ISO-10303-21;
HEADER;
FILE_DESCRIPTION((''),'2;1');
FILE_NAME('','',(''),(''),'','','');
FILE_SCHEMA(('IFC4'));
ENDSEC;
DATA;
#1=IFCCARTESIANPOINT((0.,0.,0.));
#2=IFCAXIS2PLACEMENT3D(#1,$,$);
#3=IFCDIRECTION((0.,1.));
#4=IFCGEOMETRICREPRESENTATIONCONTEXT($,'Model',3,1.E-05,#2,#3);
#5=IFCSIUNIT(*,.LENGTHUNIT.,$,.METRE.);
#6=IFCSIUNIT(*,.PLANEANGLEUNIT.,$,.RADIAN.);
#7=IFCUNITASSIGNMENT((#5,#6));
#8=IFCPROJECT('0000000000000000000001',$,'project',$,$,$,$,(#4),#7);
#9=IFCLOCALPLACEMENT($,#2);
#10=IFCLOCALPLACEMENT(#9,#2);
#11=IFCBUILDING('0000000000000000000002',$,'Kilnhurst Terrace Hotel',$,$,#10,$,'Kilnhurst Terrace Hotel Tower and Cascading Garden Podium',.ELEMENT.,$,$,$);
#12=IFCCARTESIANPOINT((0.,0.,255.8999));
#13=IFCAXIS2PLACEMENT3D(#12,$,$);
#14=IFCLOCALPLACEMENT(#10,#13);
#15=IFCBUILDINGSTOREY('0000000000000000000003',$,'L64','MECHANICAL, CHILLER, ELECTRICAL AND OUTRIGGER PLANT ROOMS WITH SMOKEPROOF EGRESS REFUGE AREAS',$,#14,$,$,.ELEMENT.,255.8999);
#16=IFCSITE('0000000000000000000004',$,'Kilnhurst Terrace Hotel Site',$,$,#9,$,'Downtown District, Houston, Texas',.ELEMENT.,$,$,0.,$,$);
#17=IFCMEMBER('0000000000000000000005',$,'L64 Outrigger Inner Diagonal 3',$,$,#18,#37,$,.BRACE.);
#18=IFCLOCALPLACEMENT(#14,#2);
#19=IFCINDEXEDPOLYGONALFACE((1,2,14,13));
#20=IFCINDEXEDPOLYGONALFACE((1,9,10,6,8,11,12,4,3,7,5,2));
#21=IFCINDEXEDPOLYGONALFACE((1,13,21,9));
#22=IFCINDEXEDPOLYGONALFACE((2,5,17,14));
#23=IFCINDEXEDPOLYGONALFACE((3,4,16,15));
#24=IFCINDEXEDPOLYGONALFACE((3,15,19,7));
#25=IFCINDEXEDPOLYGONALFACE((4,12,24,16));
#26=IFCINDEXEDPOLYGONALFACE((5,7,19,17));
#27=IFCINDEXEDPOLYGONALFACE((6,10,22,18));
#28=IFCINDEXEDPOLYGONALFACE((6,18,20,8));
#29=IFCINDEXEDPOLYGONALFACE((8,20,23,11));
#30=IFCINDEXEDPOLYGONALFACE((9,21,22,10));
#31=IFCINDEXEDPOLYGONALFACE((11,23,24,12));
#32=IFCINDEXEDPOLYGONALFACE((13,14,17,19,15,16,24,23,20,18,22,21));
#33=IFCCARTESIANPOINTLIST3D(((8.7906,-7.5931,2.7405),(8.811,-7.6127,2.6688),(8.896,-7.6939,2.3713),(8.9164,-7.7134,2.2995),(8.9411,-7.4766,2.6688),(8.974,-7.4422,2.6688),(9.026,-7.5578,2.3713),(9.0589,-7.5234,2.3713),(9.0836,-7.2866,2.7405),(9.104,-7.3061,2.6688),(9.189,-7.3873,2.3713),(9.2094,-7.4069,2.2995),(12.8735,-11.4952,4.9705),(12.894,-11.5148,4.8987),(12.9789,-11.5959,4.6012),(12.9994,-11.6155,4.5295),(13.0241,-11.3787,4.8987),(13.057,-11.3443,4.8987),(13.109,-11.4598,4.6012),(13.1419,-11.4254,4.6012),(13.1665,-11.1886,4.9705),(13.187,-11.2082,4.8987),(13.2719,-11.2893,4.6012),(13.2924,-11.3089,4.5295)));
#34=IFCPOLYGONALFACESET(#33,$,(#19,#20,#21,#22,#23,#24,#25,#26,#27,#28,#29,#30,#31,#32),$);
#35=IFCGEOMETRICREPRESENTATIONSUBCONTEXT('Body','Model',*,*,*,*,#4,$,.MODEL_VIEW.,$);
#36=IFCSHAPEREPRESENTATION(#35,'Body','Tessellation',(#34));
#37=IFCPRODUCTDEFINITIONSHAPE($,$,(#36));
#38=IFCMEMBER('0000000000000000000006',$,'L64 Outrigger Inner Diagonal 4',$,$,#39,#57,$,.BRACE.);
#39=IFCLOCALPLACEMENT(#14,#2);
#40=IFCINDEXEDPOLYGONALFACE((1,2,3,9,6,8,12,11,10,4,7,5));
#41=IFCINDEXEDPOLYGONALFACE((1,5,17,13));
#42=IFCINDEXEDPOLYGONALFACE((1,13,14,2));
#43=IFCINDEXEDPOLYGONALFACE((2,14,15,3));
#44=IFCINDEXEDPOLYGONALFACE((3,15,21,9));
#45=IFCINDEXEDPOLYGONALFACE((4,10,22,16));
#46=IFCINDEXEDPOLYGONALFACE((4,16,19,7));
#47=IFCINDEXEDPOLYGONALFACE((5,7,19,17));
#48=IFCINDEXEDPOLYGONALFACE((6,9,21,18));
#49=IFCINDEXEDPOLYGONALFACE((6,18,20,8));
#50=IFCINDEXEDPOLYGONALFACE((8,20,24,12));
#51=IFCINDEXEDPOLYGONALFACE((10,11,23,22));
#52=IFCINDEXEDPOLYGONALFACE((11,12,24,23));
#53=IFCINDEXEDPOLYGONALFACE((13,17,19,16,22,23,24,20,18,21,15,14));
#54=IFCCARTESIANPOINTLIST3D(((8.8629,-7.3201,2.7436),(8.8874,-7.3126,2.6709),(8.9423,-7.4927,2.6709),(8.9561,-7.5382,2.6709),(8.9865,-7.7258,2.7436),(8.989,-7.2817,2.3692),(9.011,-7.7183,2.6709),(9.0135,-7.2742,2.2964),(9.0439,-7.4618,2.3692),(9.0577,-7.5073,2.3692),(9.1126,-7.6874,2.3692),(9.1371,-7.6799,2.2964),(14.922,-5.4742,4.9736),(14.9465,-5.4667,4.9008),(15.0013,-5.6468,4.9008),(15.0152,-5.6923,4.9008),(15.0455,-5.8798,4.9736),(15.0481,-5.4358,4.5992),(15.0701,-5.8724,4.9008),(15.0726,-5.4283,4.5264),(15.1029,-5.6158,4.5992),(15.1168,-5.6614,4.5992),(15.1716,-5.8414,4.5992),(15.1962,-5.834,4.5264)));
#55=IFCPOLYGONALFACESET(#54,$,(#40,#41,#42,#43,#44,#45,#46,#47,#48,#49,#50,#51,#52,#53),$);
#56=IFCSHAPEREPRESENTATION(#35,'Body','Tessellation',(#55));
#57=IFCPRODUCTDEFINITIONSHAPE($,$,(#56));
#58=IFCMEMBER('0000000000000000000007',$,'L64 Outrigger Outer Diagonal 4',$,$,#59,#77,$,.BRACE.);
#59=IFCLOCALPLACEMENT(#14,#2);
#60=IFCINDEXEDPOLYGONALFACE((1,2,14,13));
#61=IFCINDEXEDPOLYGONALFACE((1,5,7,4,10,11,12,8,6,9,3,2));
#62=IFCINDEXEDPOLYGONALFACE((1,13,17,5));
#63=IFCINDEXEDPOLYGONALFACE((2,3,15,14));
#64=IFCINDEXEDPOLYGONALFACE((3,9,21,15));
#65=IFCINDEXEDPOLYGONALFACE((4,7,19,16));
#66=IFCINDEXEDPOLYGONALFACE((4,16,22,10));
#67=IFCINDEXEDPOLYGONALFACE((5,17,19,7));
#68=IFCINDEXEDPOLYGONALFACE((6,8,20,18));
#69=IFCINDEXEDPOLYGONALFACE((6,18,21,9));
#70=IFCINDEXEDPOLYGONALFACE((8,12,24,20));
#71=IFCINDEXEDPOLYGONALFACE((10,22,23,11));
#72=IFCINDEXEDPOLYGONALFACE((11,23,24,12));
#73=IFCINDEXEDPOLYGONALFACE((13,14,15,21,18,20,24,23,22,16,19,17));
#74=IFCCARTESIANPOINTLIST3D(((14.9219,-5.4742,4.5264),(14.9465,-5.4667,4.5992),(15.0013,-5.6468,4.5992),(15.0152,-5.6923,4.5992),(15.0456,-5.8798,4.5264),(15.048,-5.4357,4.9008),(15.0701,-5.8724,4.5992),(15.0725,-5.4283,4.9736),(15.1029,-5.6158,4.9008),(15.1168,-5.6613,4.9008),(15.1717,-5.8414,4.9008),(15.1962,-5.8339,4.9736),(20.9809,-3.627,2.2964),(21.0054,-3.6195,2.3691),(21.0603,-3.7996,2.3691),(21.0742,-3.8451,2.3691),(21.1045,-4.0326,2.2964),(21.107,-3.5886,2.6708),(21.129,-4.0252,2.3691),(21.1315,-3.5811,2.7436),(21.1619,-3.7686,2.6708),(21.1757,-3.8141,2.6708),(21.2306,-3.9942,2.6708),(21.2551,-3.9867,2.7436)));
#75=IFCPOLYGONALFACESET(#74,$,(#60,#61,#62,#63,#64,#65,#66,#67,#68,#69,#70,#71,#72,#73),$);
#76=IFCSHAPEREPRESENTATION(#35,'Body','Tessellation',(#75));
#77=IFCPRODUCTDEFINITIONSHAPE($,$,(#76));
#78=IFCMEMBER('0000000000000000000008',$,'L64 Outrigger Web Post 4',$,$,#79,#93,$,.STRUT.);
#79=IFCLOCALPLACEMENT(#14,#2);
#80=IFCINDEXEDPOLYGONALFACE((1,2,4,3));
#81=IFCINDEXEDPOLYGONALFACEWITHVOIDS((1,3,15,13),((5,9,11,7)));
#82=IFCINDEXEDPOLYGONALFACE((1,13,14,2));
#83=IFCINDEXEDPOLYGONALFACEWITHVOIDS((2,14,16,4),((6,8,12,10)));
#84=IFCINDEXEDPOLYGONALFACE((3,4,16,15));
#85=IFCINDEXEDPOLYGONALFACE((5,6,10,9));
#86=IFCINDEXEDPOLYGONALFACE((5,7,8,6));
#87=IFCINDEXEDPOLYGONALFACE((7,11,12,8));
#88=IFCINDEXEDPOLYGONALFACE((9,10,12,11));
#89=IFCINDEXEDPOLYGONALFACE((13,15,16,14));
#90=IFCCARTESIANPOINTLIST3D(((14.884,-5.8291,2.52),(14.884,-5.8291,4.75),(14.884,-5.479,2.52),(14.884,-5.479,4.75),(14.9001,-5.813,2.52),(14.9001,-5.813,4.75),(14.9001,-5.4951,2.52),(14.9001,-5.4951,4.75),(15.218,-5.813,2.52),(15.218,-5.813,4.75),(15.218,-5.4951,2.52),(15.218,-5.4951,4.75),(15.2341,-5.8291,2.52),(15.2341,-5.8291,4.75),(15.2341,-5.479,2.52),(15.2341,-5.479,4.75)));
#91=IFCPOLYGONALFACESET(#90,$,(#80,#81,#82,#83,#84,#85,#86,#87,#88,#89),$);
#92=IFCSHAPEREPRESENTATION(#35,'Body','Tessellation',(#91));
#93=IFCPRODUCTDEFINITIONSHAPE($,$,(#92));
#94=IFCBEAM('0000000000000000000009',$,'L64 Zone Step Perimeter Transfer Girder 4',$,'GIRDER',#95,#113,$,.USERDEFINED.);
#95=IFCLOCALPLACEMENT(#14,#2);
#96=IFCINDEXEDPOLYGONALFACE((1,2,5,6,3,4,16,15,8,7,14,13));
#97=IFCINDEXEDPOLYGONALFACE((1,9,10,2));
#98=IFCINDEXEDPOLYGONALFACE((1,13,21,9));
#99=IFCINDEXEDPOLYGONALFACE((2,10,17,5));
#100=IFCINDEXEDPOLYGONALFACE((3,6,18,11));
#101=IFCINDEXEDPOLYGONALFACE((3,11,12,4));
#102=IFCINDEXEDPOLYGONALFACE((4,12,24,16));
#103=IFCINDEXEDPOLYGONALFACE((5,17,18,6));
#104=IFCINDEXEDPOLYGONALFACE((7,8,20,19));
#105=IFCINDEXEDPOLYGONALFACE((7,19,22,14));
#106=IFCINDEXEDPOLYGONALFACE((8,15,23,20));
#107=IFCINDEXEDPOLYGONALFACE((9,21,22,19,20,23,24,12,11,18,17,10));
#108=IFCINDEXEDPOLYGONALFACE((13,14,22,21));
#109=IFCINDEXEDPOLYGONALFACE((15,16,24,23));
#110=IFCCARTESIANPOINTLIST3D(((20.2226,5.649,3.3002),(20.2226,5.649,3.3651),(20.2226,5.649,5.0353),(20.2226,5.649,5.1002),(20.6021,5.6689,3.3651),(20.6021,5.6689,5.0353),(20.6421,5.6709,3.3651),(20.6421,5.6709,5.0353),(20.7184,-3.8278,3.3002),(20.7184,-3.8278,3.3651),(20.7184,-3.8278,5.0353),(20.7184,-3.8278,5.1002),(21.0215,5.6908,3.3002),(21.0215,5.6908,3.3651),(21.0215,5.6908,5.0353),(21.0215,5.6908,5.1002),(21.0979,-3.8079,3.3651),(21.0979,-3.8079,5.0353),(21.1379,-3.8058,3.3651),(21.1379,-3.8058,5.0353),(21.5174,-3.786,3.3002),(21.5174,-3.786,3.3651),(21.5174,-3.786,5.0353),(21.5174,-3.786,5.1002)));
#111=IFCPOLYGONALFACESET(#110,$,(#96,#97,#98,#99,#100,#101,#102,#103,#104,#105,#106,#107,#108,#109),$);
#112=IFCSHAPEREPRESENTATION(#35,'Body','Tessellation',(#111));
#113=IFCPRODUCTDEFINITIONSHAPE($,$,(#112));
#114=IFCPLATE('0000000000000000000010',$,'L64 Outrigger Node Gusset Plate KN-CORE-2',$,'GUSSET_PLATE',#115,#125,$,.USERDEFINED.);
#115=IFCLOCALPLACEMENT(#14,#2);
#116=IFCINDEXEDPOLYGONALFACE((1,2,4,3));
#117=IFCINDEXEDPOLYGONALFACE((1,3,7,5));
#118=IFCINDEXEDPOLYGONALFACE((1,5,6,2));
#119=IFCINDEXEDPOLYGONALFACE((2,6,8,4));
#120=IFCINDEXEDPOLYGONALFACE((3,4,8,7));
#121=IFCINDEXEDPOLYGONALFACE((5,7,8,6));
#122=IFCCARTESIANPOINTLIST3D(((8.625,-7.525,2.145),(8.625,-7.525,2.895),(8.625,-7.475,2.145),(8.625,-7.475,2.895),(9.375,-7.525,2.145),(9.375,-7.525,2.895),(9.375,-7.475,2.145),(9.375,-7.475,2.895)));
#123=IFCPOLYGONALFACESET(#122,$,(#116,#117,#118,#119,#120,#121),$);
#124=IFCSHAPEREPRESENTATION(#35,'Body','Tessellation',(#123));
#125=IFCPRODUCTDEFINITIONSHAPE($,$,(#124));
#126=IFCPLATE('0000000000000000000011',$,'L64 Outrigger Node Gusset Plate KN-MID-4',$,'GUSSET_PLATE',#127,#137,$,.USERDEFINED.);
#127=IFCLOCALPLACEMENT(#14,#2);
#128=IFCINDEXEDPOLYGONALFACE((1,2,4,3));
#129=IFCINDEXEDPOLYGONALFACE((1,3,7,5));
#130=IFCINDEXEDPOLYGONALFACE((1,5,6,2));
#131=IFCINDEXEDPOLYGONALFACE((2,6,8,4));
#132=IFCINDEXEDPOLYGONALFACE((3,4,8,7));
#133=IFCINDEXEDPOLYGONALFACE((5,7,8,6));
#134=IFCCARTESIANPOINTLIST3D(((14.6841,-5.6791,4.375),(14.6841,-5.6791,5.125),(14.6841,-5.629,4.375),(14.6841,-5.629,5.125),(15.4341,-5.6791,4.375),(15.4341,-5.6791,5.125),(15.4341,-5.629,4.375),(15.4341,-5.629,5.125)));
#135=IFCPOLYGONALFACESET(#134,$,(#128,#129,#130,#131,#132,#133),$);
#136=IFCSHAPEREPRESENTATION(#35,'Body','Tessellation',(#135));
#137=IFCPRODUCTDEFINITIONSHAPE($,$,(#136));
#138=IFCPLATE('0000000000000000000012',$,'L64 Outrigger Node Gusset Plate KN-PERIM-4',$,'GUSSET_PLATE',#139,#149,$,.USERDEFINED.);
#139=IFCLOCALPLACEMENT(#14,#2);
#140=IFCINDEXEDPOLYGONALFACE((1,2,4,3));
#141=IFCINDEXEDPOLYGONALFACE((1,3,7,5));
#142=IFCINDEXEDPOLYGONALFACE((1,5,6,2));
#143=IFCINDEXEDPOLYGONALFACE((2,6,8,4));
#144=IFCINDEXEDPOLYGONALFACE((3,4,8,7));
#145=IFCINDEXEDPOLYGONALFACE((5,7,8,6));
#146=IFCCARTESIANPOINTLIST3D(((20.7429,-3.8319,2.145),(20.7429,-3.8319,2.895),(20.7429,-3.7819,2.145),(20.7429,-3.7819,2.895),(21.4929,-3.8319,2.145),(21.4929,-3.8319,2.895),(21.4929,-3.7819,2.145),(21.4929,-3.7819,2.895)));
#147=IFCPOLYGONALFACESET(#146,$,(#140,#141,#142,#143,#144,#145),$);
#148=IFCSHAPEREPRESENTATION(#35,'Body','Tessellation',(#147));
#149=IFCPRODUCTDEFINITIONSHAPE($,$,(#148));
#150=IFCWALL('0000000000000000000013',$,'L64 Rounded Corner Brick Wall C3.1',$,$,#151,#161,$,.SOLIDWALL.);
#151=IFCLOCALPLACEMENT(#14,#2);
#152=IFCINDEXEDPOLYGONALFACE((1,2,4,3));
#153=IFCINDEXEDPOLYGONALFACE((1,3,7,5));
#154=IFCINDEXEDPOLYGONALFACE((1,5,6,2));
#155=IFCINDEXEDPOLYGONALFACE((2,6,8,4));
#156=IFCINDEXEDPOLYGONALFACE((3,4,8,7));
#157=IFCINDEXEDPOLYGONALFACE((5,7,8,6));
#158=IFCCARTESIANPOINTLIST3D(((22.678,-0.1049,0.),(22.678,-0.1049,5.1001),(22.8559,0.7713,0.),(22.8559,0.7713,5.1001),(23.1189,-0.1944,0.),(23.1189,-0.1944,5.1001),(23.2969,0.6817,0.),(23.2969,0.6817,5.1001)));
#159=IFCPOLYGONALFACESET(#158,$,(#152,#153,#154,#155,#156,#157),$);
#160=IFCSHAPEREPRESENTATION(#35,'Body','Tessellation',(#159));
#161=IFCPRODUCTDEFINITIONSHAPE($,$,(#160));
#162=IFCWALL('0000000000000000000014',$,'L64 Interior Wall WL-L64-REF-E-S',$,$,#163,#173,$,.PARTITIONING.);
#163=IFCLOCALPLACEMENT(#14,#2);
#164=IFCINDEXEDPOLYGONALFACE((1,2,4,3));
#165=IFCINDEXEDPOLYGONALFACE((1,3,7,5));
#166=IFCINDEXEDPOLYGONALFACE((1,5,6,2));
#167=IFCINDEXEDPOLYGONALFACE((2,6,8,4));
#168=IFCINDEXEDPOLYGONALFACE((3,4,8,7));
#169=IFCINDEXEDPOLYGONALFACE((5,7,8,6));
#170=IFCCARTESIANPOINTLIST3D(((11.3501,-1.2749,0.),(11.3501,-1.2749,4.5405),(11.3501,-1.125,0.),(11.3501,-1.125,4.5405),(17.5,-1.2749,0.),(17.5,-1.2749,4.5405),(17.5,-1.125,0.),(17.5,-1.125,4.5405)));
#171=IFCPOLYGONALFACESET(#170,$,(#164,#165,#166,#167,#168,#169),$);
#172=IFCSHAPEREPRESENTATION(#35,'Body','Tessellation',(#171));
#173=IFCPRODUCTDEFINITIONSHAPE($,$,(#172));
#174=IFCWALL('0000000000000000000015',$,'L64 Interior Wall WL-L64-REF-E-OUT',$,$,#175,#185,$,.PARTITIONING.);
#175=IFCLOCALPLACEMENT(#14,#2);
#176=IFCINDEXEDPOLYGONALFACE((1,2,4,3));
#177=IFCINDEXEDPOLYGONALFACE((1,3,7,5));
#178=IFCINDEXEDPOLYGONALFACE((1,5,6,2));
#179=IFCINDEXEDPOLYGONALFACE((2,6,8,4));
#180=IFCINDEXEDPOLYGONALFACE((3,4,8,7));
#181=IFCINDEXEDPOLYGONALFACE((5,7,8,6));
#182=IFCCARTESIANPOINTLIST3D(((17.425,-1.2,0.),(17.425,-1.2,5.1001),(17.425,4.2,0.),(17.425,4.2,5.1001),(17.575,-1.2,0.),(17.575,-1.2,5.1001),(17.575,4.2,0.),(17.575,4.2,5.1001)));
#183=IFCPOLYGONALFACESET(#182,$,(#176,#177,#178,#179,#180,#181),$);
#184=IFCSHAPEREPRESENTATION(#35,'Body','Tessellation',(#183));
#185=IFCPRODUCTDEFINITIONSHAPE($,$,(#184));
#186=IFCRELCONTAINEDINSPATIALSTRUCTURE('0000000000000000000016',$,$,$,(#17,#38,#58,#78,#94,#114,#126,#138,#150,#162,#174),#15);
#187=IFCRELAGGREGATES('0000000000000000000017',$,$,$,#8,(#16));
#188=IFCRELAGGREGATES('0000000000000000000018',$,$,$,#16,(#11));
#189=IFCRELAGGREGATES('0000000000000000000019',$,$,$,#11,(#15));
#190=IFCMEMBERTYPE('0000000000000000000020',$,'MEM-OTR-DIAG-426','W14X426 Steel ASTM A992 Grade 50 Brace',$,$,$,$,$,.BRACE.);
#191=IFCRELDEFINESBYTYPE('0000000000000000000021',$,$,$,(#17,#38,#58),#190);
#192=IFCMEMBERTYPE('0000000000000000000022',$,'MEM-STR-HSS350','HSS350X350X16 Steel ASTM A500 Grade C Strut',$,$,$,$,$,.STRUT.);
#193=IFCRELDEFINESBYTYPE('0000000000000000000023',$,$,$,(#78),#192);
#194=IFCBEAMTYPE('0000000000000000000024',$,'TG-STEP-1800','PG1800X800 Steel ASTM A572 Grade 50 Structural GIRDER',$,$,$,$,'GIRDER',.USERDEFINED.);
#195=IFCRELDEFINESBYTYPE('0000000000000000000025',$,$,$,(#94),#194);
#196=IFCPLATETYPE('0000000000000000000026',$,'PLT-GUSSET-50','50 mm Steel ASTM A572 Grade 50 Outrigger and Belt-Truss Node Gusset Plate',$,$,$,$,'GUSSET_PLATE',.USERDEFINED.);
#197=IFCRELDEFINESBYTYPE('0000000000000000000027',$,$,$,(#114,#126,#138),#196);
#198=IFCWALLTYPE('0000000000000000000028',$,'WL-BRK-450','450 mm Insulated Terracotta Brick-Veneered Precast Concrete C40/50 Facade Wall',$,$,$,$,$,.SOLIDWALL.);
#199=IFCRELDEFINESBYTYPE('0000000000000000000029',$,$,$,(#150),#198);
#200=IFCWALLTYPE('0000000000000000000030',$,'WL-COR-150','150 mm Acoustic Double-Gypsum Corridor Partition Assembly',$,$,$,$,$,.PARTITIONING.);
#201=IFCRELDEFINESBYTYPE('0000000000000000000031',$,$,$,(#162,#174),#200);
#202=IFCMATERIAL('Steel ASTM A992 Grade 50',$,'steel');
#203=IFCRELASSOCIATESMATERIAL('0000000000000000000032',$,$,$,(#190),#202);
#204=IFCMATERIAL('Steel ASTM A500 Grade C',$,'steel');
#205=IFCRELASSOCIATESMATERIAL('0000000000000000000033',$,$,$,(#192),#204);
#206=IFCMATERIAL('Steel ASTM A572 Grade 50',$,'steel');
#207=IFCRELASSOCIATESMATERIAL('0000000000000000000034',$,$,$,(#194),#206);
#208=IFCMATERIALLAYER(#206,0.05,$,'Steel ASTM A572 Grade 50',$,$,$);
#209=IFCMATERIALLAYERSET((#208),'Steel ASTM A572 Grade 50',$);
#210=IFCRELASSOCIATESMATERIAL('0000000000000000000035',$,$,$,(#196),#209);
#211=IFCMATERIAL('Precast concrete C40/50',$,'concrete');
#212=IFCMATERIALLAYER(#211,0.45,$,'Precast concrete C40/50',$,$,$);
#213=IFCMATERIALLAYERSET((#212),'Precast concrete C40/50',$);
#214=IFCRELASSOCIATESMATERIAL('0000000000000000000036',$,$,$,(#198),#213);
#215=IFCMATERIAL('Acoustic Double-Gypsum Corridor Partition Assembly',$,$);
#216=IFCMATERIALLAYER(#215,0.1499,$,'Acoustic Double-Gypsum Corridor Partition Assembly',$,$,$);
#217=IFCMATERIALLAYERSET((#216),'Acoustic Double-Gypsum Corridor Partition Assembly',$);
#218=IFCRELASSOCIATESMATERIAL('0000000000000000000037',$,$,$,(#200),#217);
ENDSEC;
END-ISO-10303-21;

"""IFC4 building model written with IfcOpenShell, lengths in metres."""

from ifc_helpers import new_model, si_unit, direction, frame, frame_2d, origin, origin_2d, place, context, subcontext, project, spatial, rectangle, hollow_rectangle, i_section, extrude, material, layer, layer_set, material_profile, profile_set, type_object, element, save


model = new_model("IFC4")

# Units and contexts
model_context = context("Model", 3, precision=1e-05, world=origin(), true_north=direction((0.0, 1.0)))
body_context = subcontext(model_context, "Body", "Model", "MODEL_VIEW")
ifc_project = project(units=[si_unit("LENGTHUNIT", "METRE"), si_unit("PLANEANGLEUNIT", "RADIAN")], contexts=[model_context])

# Site, building, storey
site_placement = place(None, origin())
site = spatial("IfcSite", under=ifc_project, at=site_placement, Name="Kilnhurst Terrace Hotel Site", LongName="Downtown District, Houston, Texas", CompositionType="ELEMENT", RefElevation=0.0)
building_placement = place(site_placement, origin())
building = spatial("IfcBuilding", under=site, at=building_placement, Name="Kilnhurst Terrace Hotel", LongName="Kilnhurst Terrace Hotel Tower and Cascading Garden Podium", CompositionType="ELEMENT")
storey_placement = place(building_placement, frame((0.0, 0.0, 255.8999)))
storey = spatial("IfcBuildingStorey", under=building, at=storey_placement, Name="L64", Description="MECHANICAL, CHILLER, ELECTRICAL AND OUTRIGGER PLANT ROOMS WITH SMOKEPROOF EGRESS REFUGE AREAS", CompositionType="ELEMENT", Elevation=255.8999)

# Shared definitions
ifc_material_1 = material(Name="Steel ASTM A992 Grade 50", Category="steel")

# Members
ifc_material_2 = material(Name="Steel ASTM A500 Grade C", Category="steel")
ifc_material_profile_1 = material_profile(ifc_material_1, i_section(OverallWidth=0.4241, OverallDepth=0.4741, WebThickness=0.0476, FlangeThickness=0.0771, at=origin_2d()), Name="W14X426")
ifc_profile_set_1 = profile_set([ifc_material_profile_1], Name="Steel ASTM A992 Grade 50")
member_type_1 = type_object("IfcMemberType", Name="MEM-OTR-DIAG-426", Description="W14X426 Steel ASTM A992 Grade 50 Brace", PredefinedType="BRACE", material=ifc_profile_set_1)
member_1_placement = place(storey_placement, frame((9.0, -7.5, 2.52), z_axis=(0.672423, -0.64263, 0.367252), x_axis=(0.690909, 0.722941, 0.0)))
element("IfcMember", 1, at=member_1_placement, inside=storey, type_object=member_type_1, Name="L64 Outrigger Inner Diagonal 3", PredefinedType="BRACE", context=body_context, shape_type="SweptSolid", body=[
    extrude(i_section(OverallWidth=0.4241, OverallDepth=0.4741, WebThickness=0.0476, FlangeThickness=0.0771, at=origin_2d()), origin(), (0.0, 0.0, 1.0), 6.072),
])
member_2_placement = place(storey_placement, frame((9.0, -7.5, 2.52), z_axis=(0.902305, 0.274894, 0.332084), x_axis=(-0.291433, 0.956591, 0.0)))
element("IfcMember", 2, at=member_2_placement, inside=storey, type_object=member_type_1, Name="L64 Outrigger Inner Diagonal 4", PredefinedType="BRACE", context=body_context, shape_type="SweptSolid", body=[
    extrude(i_section(OverallWidth=0.4241, OverallDepth=0.4741, WebThickness=0.0476, FlangeThickness=0.0771, at=origin_2d()), origin(), (0.0, 0.0, 1.0), 6.7151),
])
member_3_placement = place(storey_placement, frame((15.0591, -5.6541, 4.75), z_axis=(0.902253, 0.275071, -0.332078), x_axis=(-0.29162, 0.956534, 0.0)))
element("IfcMember", 3, at=member_3_placement, inside=storey, type_object=member_type_1, Name="L64 Outrigger Outer Diagonal 4", PredefinedType="BRACE", context=body_context, shape_type="SweptSolid", body=[
    extrude(i_section(OverallWidth=0.4241, OverallDepth=0.4741, WebThickness=0.0476, FlangeThickness=0.0771, at=origin_2d()), origin(), (0.0, 0.0, 1.0), 6.7153),
])
ifc_material_profile_2 = material_profile(ifc_material_2, hollow_rectangle(XDim=0.3501, YDim=0.3501, WallThickness=0.0161, at=origin_2d()), Name="HSS350X350X16")
ifc_profile_set_2 = profile_set([ifc_material_profile_2], Name="Steel ASTM A500 Grade C")
member_type_2 = type_object("IfcMemberType", Name="MEM-STR-HSS350", Description="HSS350X350X16 Steel ASTM A500 Grade C Strut", PredefinedType="STRUT", material=ifc_profile_set_2)
member_4_placement = place(storey_placement, frame((15.0591, -5.6541, 2.52), z_axis=(0.0, 0.0, 1.0), x_axis=(1.0, 0.0, 0.0)))
element("IfcMember", 4, at=member_4_placement, inside=storey, type_object=member_type_2, Name="L64 Outrigger Web Post 4", PredefinedType="STRUT", context=body_context, shape_type="SweptSolid", body=[
    extrude(hollow_rectangle(XDim=0.3501, YDim=0.3501, WallThickness=0.0161, at=origin_2d()), origin(), (0.0, 0.0, 1.0), 2.23),
])

# Beam
ifc_material_3 = material(Name="Steel ASTM A572 Grade 50", Category="steel")
ifc_material_profile_3 = material_profile(ifc_material_3, i_section(OverallWidth=0.8, OverallDepth=1.8, WebThickness=0.04, FlangeThickness=0.0649, at=origin_2d()), Name="PG1800X800")
ifc_profile_set_3 = profile_set([ifc_material_profile_3], Name="Steel ASTM A572 Grade 50")
beam_type_1 = type_object("IfcBeamType", Name="TG-STEP-1800", Description="PG1800X800 Steel ASTM A572 Grade 50 Structural GIRDER", ElementType="GIRDER", PredefinedType="USERDEFINED", material=ifc_profile_set_3)
beam_1_placement = place(storey_placement, frame((21.1179, -3.8069, 4.2002), z_axis=(-0.052251, 0.998634, 0.0), x_axis=(-0.998634, -0.052251, 0.0)))
element("IfcBeam", 5, at=beam_1_placement, inside=storey, type_object=beam_type_1, Name="L64 Zone Step Perimeter Transfer Girder 4", ObjectType="GIRDER", PredefinedType="USERDEFINED", context=body_context, shape_type="SweptSolid", body=[
    extrude(i_section(OverallWidth=0.8, OverallDepth=1.8, WebThickness=0.04, FlangeThickness=0.0649, at=origin_2d()), origin(), (0.0, 0.0, 1.0), 9.4897),
])

# Plates
ifc_layer_1 = layer(ifc_material_3, 0.05, Name="Steel ASTM A572 Grade 50")
ifc_layer_set_1 = layer_set([ifc_layer_1], Name="Steel ASTM A572 Grade 50")
plate_type = type_object("IfcPlateType", Name="PLT-GUSSET-50", Description="50 mm Steel ASTM A572 Grade 50 Outrigger and Belt-Truss Node Gusset Plate", ElementType="GUSSET_PLATE", PredefinedType="USERDEFINED", material=ifc_layer_set_1)
for number, where, z_axis, x_axis, name in (
    (6, (9.0, -7.5, 2.145), (0.0, 0.0, 1.0), (1.0, 0.0, 0.0), "L64 Outrigger Node Gusset Plate KN-CORE-2"),
    (7, (15.0591, -5.6541, 4.375), (0.0, 0.0, 1.0), (1.0, 0.0, 0.0), "L64 Outrigger Node Gusset Plate KN-MID-4"),
    (8, (21.1179, -3.8069, 2.145), (0.0, 0.0, 1.0), (1.0, 0.0, 0.0), "L64 Outrigger Node Gusset Plate KN-PERIM-4"),
):
    element("IfcPlate", number, at=place(storey_placement, frame(where, z_axis=z_axis, x_axis=x_axis)), inside=storey, type_object=plate_type, Name=name, ObjectType="GUSSET_PLATE", PredefinedType="USERDEFINED", context=body_context, shape_type="SweptSolid", body=[
        extrude(rectangle(XDim=0.75, YDim=0.05, at=origin_2d()), origin(), (0.0, 0.0, 1.0), 0.75),
    ])

# Walls
ifc_material_4 = material(Name="Precast concrete C40/50", Category="concrete")
ifc_layer_2 = layer(ifc_material_4, 0.45, Name="Precast concrete C40/50")
ifc_layer_set_2 = layer_set([ifc_layer_2], Name="Precast concrete C40/50")
wall_type_1 = type_object("IfcWallType", Name="WL-BRK-450", Description="450 mm Insulated Terracotta Brick-Veneered Precast Concrete C40/50 Facade Wall", PredefinedType="SOLIDWALL", material=ifc_layer_set_2)
wall_1_placement = place(storey_placement, frame((22.8984, -0.1497, 0.0), z_axis=(0.0, 0.0, 1.0), x_axis=(0.199056, 0.979988, 0.0)))
element("IfcWall", 9, at=wall_1_placement, inside=storey, type_object=wall_type_1, Name="L64 Rounded Corner Brick Wall C3.1", PredefinedType="SOLIDWALL", context=body_context, shape_type="SweptSolid", body=[
    extrude(rectangle(XDim=0.894, YDim=0.45, at=frame_2d((0.447, 0.0))), origin(), (0.0, 0.0, 1.0), 5.1001),
])
ifc_material_5 = material(Name="Acoustic Double-Gypsum Corridor Partition Assembly")
ifc_layer_3 = layer(ifc_material_5, 0.1499, Name="Acoustic Double-Gypsum Corridor Partition Assembly")
ifc_layer_set_3 = layer_set([ifc_layer_3], Name="Acoustic Double-Gypsum Corridor Partition Assembly")
wall_type_2 = type_object("IfcWallType", Name="WL-COR-150", Description="150 mm Acoustic Double-Gypsum Corridor Partition Assembly", PredefinedType="PARTITIONING", material=ifc_layer_set_3)
wall_2_placement = place(storey_placement, frame((11.3501, -1.2, 0.0), z_axis=(0.0, 0.0, 1.0), x_axis=(1.0, 0.0, 0.0)))
element("IfcWall", 10, at=wall_2_placement, inside=storey, type_object=wall_type_2, Name="L64 Interior Wall WL-L64-REF-E-S", PredefinedType="PARTITIONING", context=body_context, shape_type="SweptSolid", body=[
    extrude(rectangle(XDim=6.1499, YDim=0.1499, at=frame_2d((3.075, 0.0))), origin(), (0.0, 0.0, 1.0), 4.5405),
])
wall_3_placement = place(storey_placement, frame((17.5, -1.2, 0.0), z_axis=(0.0, 0.0, 1.0), x_axis=(0.0, 1.0, 0.0)))
element("IfcWall", 11, at=wall_3_placement, inside=storey, type_object=wall_type_2, Name="L64 Interior Wall WL-L64-REF-E-OUT", PredefinedType="PARTITIONING", context=body_context, shape_type="SweptSolid", body=[
    extrude(rectangle(XDim=5.3999, YDim=0.1499, at=frame_2d((2.7, 0.0))), origin(), (0.0, 0.0, 1.0), 5.1001),
])

save(model, "model.ifc")
